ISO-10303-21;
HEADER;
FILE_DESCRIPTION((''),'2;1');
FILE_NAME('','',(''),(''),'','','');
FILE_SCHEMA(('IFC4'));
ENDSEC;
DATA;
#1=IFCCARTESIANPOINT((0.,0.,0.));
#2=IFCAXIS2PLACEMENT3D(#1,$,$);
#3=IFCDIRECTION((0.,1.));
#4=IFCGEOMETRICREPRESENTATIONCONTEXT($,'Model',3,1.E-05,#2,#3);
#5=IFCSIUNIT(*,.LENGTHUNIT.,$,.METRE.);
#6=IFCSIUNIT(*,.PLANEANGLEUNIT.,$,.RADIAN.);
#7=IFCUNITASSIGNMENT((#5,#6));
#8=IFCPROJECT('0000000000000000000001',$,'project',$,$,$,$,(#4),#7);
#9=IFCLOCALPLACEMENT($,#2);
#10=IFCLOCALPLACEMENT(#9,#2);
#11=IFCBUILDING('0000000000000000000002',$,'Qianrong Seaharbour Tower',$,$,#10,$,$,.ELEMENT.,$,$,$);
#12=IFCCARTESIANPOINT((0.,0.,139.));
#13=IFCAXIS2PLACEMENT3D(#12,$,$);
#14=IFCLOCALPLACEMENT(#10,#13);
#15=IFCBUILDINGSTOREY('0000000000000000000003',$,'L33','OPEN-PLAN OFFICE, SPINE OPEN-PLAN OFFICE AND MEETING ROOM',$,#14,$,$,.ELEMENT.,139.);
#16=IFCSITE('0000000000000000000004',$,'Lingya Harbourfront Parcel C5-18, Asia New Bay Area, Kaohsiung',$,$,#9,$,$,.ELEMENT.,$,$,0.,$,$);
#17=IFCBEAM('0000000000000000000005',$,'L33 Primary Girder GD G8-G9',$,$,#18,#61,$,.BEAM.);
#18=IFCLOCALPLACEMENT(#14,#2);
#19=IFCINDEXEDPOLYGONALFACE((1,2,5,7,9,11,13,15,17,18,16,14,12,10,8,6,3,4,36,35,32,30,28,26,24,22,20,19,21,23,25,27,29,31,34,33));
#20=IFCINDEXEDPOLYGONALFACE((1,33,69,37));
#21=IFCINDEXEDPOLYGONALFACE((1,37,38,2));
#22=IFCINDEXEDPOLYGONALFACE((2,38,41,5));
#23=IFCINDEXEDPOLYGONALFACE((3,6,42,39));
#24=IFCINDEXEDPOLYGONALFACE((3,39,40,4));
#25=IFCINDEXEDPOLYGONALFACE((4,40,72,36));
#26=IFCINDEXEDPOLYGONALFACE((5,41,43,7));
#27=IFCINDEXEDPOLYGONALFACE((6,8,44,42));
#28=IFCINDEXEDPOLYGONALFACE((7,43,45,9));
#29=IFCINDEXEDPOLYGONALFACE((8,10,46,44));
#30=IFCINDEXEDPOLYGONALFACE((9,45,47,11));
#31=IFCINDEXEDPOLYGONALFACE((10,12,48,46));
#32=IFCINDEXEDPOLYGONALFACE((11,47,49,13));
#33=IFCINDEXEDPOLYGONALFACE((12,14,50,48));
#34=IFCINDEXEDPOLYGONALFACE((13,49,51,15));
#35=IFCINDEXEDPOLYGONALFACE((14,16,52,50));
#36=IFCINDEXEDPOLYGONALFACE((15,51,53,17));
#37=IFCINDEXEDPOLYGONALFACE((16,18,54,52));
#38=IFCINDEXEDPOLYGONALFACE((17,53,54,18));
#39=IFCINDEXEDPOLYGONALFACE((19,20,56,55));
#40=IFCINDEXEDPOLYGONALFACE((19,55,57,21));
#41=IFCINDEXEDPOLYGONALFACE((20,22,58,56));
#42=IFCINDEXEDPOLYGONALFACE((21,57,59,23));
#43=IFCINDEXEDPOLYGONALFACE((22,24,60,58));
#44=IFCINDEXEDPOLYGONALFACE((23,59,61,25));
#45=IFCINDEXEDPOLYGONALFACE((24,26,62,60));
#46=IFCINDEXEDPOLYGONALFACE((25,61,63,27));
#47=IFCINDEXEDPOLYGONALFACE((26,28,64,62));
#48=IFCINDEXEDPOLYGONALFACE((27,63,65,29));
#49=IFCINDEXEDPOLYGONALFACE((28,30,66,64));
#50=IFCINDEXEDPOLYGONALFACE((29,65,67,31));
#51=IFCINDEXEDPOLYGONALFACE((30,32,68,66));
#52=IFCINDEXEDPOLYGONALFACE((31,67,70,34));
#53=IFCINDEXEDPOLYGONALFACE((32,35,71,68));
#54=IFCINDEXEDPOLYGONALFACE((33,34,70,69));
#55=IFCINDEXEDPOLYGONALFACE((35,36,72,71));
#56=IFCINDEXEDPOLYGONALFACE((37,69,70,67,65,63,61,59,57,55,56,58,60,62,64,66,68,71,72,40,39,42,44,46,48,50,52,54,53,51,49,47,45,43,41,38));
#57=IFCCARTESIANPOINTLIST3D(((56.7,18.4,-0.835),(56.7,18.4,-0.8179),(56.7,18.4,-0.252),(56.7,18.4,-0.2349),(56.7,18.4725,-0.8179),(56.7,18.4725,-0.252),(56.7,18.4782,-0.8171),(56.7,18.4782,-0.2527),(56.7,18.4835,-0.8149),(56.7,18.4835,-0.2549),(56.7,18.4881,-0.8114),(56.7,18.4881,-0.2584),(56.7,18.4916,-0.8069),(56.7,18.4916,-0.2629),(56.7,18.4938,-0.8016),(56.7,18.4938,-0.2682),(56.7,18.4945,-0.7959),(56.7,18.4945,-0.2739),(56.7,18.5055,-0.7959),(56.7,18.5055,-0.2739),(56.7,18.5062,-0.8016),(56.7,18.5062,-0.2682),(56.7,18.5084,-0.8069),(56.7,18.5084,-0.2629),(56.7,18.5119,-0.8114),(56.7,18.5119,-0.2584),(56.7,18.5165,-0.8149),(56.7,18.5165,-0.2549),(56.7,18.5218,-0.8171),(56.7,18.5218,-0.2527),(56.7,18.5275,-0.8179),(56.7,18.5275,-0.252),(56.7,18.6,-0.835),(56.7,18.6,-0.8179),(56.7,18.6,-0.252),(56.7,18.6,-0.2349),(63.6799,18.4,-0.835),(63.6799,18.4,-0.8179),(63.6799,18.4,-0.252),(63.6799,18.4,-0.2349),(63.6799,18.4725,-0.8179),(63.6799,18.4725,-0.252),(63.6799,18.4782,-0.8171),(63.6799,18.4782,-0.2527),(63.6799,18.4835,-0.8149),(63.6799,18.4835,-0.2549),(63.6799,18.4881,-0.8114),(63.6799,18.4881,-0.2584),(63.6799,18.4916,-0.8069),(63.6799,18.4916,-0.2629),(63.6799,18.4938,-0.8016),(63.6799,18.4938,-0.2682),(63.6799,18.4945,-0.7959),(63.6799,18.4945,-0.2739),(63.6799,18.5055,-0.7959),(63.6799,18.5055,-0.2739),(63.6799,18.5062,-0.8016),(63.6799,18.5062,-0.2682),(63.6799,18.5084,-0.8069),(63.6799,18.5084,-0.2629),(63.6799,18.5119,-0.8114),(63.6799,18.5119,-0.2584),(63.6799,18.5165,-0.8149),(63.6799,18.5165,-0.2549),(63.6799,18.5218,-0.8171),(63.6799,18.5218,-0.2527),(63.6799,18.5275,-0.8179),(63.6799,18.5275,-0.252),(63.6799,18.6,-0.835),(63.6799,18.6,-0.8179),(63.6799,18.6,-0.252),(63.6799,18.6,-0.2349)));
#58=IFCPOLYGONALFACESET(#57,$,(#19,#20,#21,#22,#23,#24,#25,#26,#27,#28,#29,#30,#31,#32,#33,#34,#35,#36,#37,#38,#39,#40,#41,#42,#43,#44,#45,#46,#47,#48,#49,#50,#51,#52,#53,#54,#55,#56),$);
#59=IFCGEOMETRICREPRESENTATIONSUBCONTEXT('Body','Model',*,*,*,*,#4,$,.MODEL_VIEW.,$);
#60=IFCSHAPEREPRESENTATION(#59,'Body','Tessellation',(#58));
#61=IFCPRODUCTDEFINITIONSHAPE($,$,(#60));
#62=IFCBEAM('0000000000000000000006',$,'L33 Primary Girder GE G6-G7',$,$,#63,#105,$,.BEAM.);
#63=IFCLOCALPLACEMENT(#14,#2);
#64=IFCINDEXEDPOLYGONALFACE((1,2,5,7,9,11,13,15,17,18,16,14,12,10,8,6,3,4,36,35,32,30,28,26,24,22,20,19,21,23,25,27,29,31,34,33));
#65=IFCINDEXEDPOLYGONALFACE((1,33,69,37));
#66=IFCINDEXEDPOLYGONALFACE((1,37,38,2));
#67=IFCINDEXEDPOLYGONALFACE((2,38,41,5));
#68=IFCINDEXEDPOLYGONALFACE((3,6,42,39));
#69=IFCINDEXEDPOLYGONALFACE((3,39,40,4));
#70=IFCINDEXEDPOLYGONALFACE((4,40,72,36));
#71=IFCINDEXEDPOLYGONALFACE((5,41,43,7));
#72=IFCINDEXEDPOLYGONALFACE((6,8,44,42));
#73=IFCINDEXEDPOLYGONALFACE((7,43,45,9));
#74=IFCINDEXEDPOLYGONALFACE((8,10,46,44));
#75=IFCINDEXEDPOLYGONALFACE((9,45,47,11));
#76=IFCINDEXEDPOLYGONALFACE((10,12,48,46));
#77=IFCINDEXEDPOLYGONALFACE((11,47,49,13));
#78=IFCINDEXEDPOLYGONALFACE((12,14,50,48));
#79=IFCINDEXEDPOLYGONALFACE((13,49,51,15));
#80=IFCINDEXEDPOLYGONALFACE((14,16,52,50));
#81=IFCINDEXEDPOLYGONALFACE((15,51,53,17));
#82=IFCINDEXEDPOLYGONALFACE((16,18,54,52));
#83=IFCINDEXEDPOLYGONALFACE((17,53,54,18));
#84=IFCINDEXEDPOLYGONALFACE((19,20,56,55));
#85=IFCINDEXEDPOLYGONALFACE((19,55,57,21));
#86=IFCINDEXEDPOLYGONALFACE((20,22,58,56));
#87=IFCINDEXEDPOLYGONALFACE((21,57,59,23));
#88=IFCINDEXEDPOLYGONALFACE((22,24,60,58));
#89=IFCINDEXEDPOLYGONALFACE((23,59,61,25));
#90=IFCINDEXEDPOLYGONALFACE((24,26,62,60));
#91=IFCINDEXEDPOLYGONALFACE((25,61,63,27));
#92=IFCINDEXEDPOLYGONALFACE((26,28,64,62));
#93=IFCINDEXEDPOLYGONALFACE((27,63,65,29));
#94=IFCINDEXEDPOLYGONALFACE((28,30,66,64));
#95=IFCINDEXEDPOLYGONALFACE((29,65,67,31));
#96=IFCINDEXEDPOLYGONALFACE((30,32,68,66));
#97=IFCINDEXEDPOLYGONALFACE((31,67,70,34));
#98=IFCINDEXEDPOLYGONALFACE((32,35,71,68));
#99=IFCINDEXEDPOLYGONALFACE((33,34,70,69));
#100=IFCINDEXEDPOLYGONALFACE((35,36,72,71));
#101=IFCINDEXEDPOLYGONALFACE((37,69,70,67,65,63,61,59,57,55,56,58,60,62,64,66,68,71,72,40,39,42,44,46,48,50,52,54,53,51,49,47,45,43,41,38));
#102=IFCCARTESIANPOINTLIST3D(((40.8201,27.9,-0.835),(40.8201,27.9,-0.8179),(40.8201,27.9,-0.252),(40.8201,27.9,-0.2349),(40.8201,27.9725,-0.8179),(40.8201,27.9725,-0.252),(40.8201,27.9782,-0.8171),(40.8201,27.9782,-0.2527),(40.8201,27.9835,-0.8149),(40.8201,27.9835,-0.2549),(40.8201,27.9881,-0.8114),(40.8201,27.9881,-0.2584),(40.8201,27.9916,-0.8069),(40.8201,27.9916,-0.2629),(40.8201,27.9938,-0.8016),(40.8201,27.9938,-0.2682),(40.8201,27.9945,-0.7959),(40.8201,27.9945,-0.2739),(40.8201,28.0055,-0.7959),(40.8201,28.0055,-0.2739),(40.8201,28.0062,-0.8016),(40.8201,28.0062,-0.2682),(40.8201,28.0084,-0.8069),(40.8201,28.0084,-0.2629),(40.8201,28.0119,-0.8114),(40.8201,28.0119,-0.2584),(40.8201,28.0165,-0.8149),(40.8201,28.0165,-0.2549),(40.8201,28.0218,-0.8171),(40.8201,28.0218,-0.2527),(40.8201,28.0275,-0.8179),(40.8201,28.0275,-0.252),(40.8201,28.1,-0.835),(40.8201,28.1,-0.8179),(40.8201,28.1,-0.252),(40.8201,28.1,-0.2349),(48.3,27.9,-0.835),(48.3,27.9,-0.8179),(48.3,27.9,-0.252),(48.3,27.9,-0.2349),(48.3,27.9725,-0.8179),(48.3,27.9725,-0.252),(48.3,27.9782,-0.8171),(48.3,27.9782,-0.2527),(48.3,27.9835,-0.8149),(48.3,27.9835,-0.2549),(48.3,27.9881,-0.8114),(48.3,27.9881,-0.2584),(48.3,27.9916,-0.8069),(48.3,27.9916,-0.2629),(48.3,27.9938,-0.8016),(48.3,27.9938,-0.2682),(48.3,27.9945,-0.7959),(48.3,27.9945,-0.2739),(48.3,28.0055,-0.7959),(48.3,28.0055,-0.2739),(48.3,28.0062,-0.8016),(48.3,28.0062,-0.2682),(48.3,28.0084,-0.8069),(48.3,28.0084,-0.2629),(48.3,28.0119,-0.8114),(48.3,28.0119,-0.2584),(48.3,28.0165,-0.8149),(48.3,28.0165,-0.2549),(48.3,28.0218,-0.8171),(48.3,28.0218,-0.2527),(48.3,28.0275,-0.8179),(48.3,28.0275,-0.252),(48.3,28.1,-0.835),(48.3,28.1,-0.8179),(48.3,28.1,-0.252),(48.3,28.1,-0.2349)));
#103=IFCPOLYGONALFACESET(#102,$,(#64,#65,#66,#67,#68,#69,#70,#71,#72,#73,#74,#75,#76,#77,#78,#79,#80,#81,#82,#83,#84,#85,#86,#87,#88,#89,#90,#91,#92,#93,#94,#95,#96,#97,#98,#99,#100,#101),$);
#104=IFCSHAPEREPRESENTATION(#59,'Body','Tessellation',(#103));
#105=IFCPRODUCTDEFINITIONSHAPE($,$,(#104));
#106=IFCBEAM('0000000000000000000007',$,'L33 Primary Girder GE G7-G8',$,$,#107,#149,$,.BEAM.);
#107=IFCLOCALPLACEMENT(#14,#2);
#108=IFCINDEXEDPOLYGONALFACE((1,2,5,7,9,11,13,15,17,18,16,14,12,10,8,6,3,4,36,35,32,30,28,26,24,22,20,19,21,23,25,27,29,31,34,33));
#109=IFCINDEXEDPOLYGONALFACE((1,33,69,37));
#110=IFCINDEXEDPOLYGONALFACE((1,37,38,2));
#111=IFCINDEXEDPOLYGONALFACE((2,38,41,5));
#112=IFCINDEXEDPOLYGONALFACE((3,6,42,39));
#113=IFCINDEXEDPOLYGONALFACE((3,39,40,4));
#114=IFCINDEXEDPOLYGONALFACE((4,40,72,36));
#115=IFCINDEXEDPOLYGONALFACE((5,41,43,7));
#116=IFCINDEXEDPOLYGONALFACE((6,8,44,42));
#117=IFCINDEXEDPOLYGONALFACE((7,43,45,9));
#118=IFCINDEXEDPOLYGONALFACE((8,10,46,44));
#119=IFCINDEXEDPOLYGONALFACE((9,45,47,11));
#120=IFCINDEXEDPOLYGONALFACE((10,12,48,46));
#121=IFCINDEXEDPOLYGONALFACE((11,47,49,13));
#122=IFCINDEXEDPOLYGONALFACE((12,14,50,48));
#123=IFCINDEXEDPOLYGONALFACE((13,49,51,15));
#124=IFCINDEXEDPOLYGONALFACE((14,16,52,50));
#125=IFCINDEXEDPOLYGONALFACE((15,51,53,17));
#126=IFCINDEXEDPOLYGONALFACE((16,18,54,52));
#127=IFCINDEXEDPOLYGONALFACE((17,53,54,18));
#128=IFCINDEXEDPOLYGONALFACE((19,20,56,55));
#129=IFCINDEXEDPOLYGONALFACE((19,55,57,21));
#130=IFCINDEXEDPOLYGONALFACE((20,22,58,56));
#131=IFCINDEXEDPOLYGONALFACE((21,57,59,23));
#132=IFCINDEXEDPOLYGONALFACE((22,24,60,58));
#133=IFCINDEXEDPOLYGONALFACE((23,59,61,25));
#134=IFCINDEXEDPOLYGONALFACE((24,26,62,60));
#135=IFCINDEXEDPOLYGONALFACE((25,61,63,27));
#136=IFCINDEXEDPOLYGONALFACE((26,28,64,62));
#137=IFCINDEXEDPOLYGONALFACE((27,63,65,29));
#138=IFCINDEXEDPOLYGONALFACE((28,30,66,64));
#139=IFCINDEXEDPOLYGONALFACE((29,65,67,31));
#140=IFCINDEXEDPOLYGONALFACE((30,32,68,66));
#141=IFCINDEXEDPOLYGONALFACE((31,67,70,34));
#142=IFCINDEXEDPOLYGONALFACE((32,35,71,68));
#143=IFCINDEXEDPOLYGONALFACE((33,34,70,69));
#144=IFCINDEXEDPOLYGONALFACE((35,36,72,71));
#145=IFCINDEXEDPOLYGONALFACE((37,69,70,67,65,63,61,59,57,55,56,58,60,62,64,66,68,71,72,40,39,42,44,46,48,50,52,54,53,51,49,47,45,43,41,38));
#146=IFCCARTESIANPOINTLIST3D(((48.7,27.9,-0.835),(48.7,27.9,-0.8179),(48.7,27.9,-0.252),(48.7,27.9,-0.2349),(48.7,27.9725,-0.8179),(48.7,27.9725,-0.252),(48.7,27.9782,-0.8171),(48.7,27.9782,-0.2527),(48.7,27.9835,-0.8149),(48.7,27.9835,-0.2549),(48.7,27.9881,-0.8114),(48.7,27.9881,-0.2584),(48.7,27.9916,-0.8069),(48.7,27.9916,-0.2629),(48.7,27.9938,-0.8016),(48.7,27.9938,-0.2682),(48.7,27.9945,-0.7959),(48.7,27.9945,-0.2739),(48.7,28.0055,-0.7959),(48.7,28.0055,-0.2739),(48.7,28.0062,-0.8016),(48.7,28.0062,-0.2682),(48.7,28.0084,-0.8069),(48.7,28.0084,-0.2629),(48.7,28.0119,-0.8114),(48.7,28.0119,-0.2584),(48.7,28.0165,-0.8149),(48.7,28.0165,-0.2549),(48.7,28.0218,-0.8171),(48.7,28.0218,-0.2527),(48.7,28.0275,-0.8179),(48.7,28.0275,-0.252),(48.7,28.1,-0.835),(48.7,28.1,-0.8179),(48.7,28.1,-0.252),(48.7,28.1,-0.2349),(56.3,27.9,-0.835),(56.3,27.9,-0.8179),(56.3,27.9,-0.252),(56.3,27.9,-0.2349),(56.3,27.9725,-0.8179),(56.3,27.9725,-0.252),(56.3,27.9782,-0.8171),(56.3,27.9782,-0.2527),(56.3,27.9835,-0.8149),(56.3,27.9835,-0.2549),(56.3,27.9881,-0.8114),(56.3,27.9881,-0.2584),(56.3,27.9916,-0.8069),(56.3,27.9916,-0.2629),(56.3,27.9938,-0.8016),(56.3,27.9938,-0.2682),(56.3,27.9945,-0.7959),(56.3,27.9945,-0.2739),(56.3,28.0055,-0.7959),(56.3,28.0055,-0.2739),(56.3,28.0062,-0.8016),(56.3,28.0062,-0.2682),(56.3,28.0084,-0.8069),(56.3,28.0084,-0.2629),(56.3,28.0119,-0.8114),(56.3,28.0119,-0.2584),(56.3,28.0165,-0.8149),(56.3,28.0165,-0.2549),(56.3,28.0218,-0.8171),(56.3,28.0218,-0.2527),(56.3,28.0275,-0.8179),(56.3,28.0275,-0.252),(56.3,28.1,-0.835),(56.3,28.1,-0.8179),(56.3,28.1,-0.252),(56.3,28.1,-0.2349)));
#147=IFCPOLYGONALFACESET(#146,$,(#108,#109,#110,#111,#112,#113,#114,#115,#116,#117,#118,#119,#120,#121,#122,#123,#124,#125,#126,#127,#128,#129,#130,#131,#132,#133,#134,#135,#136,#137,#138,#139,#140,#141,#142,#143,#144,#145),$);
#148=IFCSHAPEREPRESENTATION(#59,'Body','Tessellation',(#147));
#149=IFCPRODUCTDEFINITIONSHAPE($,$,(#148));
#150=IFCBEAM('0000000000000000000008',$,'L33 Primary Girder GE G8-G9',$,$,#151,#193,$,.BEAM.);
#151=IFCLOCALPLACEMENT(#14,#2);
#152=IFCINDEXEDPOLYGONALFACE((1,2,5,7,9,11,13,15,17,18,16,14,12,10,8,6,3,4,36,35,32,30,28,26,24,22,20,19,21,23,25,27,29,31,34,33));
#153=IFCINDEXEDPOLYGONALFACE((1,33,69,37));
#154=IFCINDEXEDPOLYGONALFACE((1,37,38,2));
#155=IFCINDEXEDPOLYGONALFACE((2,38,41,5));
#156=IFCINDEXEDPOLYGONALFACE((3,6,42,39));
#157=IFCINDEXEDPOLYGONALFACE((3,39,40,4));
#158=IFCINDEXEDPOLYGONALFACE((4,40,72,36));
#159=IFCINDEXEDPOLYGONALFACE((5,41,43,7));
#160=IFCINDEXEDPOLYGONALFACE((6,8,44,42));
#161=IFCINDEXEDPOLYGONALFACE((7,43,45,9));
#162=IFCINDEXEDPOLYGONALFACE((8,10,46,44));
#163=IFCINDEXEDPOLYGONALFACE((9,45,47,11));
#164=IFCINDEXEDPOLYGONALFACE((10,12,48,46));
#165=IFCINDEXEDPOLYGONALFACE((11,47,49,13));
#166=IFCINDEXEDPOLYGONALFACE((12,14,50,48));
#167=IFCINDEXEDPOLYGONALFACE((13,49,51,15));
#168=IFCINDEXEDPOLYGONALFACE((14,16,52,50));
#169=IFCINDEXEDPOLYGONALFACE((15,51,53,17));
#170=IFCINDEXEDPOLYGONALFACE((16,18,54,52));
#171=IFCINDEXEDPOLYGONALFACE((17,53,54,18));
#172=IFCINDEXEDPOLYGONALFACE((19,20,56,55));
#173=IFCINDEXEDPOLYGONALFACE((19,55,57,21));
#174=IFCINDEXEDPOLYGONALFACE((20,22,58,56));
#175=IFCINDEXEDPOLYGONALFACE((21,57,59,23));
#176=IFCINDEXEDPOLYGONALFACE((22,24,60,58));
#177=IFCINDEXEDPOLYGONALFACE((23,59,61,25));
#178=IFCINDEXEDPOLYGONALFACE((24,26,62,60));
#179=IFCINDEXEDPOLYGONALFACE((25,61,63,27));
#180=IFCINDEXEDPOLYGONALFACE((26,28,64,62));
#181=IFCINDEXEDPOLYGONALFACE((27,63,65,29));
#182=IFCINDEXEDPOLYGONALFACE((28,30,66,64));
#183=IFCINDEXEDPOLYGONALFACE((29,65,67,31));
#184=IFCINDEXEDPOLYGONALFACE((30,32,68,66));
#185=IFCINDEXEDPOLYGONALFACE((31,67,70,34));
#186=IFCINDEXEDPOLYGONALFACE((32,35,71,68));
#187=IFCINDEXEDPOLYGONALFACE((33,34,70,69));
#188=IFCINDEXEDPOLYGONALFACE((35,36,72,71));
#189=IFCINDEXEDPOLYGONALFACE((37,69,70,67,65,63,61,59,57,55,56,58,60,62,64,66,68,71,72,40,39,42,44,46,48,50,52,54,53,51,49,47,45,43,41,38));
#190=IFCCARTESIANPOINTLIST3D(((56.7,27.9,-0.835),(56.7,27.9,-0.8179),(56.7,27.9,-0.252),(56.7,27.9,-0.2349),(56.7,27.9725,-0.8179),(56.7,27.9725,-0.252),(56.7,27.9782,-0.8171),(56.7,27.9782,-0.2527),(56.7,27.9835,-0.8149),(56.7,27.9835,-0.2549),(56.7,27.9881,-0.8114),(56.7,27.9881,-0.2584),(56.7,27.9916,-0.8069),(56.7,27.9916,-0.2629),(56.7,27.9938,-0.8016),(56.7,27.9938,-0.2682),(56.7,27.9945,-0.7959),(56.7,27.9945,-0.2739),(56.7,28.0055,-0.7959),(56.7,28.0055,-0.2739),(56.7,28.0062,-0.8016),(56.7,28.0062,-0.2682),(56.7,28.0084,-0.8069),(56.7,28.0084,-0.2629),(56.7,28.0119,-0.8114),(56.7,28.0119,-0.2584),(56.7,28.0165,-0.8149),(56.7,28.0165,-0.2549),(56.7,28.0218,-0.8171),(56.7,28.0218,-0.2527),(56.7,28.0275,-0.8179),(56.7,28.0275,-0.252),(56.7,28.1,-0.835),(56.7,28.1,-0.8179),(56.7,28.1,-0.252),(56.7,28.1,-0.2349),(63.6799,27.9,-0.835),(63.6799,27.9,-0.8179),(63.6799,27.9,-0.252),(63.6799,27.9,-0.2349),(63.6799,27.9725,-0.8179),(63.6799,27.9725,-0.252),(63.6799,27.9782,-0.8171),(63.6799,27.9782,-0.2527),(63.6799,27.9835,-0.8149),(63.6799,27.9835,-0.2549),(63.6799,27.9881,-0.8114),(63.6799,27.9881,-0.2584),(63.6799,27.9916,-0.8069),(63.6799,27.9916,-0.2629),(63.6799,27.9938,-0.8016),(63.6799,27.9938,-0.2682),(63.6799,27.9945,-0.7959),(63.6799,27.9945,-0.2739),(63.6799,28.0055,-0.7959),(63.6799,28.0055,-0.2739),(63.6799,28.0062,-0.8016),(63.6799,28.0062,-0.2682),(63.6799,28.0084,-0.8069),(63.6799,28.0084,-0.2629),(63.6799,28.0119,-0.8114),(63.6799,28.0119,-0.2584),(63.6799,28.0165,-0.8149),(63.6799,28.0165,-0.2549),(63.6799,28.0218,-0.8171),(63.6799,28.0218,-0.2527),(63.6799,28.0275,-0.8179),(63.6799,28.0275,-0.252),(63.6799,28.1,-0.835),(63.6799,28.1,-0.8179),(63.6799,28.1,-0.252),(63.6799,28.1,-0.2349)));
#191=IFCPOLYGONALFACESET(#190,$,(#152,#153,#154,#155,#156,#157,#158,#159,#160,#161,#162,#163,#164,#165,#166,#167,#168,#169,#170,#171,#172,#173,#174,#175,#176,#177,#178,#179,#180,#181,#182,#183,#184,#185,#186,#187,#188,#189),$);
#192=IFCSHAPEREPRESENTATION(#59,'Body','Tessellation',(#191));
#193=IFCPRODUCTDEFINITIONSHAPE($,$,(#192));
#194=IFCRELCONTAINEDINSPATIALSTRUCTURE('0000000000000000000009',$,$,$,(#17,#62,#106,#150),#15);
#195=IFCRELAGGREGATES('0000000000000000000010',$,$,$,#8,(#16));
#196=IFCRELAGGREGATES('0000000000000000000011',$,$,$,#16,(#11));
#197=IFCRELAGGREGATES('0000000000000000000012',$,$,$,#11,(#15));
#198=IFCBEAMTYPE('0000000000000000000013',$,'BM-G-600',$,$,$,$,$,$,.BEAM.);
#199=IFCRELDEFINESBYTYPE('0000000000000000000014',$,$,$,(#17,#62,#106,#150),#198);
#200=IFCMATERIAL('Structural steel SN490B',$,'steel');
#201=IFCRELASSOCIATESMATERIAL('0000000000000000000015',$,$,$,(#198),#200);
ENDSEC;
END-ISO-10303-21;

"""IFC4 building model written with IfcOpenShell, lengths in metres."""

from ifc_helpers import new_model, si_unit, direction, frame, origin, origin_2d, place, context, subcontext, project, spatial, i_section, extrude, material, material_profile, profile_set, type_object, element, save


model = new_model("IFC4")

# Units and contexts
model_context = context("Model", 3, precision=1e-05, world=origin(), true_north=direction((0.0, 1.0)))
body_context = subcontext(model_context, "Body", "Model", "MODEL_VIEW")
ifc_project = project(units=[si_unit("LENGTHUNIT", "METRE"), si_unit("PLANEANGLEUNIT", "RADIAN")], contexts=[model_context])

# Site, building, storey
site_placement = place(None, origin())
site = spatial("IfcSite", under=ifc_project, at=site_placement, Name="Lingya Harbourfront Parcel C5-18, Asia New Bay Area, Kaohsiung", CompositionType="ELEMENT", RefElevation=0.0)
building_placement = place(site_placement, origin())
building = spatial("IfcBuilding", under=site, at=building_placement, Name="Qianrong Seaharbour Tower", CompositionType="ELEMENT")
storey_placement = place(building_placement, frame((0.0, 0.0, 139.0)))
storey = spatial("IfcBuildingStorey", under=building, at=storey_placement, Name="L33", Description="OPEN-PLAN OFFICE, SPINE OPEN-PLAN OFFICE AND MEETING ROOM", CompositionType="ELEMENT", Elevation=139.0)

# Shared definitions
ifc_material_1 = material(Name="Structural steel SN490B", Category="steel")

# Beams
ifc_material_profile_1 = material_profile(ifc_material_1, i_section(OverallWidth=0.2, OverallDepth=0.6001, WebThickness=0.011, FlangeThickness=0.0171, FilletRadius=0.022, at=origin_2d()), Name="H600x200x11x17")
ifc_profile_set_1 = profile_set([ifc_material_profile_1], Name="Structural steel SN490B")
beam_type_1 = type_object("IfcBeamType", Name="BM-G-600", PredefinedType="BEAM", material=ifc_profile_set_1)
beam_1_placement = place(storey_placement, frame((56.7, 18.5, -0.5349), z_axis=(1.0, 0.0, 0.0), x_axis=(0.0, 1.0, 0.0)))
element("IfcBeam", 1, at=beam_1_placement, inside=storey, type_object=beam_type_1, Name="L33 Primary Girder GD G8-G9", PredefinedType="BEAM", context=body_context, shape_type="SweptSolid", body=[
    extrude(i_section(OverallWidth=0.2, OverallDepth=0.6001, WebThickness=0.011, FlangeThickness=0.0171, FilletRadius=0.022, at=origin_2d()), origin(), (0.0, 0.0, 1.0), 6.98),
])
beam_2_placement = place(storey_placement, frame((40.8201, 28.0, -0.5349), z_axis=(1.0, 0.0, 0.0), x_axis=(0.0, 1.0, 0.0)))
element("IfcBeam", 2, at=beam_2_placement, inside=storey, type_object=beam_type_1, Name="L33 Primary Girder GE G6-G7", PredefinedType="BEAM", context=body_context, shape_type="SweptSolid", body=[
    extrude(i_section(OverallWidth=0.2, OverallDepth=0.6001, WebThickness=0.011, FlangeThickness=0.0171, FilletRadius=0.022, at=origin_2d()), origin(), (0.0, 0.0, 1.0), 7.48),
])
beam_3_placement = place(storey_placement, frame((48.7, 28.0, -0.5349), z_axis=(1.0, 0.0, 0.0), x_axis=(0.0, 1.0, 0.0)))
element("IfcBeam", 3, at=beam_3_placement, inside=storey, type_object=beam_type_1, Name="L33 Primary Girder GE G7-G8", PredefinedType="BEAM", context=body_context, shape_type="SweptSolid", body=[
    extrude(i_section(OverallWidth=0.2, OverallDepth=0.6001, WebThickness=0.011, FlangeThickness=0.0171, FilletRadius=0.022, at=origin_2d()), origin(), (0.0, 0.0, 1.0), 7.6001),
])
beam_4_placement = place(storey_placement, frame((56.7, 28.0, -0.5349), z_axis=(1.0, 0.0, 0.0), x_axis=(0.0, 1.0, 0.0)))
element("IfcBeam", 4, at=beam_4_placement, inside=storey, type_object=beam_type_1, Name="L33 Primary Girder GE G8-G9", PredefinedType="BEAM", context=body_context, shape_type="SweptSolid", body=[
    extrude(i_section(OverallWidth=0.2, OverallDepth=0.6001, WebThickness=0.011, FlangeThickness=0.0171, FilletRadius=0.022, at=origin_2d()), origin(), (0.0, 0.0, 1.0), 6.98),
])

save(model, "model.ifc")
